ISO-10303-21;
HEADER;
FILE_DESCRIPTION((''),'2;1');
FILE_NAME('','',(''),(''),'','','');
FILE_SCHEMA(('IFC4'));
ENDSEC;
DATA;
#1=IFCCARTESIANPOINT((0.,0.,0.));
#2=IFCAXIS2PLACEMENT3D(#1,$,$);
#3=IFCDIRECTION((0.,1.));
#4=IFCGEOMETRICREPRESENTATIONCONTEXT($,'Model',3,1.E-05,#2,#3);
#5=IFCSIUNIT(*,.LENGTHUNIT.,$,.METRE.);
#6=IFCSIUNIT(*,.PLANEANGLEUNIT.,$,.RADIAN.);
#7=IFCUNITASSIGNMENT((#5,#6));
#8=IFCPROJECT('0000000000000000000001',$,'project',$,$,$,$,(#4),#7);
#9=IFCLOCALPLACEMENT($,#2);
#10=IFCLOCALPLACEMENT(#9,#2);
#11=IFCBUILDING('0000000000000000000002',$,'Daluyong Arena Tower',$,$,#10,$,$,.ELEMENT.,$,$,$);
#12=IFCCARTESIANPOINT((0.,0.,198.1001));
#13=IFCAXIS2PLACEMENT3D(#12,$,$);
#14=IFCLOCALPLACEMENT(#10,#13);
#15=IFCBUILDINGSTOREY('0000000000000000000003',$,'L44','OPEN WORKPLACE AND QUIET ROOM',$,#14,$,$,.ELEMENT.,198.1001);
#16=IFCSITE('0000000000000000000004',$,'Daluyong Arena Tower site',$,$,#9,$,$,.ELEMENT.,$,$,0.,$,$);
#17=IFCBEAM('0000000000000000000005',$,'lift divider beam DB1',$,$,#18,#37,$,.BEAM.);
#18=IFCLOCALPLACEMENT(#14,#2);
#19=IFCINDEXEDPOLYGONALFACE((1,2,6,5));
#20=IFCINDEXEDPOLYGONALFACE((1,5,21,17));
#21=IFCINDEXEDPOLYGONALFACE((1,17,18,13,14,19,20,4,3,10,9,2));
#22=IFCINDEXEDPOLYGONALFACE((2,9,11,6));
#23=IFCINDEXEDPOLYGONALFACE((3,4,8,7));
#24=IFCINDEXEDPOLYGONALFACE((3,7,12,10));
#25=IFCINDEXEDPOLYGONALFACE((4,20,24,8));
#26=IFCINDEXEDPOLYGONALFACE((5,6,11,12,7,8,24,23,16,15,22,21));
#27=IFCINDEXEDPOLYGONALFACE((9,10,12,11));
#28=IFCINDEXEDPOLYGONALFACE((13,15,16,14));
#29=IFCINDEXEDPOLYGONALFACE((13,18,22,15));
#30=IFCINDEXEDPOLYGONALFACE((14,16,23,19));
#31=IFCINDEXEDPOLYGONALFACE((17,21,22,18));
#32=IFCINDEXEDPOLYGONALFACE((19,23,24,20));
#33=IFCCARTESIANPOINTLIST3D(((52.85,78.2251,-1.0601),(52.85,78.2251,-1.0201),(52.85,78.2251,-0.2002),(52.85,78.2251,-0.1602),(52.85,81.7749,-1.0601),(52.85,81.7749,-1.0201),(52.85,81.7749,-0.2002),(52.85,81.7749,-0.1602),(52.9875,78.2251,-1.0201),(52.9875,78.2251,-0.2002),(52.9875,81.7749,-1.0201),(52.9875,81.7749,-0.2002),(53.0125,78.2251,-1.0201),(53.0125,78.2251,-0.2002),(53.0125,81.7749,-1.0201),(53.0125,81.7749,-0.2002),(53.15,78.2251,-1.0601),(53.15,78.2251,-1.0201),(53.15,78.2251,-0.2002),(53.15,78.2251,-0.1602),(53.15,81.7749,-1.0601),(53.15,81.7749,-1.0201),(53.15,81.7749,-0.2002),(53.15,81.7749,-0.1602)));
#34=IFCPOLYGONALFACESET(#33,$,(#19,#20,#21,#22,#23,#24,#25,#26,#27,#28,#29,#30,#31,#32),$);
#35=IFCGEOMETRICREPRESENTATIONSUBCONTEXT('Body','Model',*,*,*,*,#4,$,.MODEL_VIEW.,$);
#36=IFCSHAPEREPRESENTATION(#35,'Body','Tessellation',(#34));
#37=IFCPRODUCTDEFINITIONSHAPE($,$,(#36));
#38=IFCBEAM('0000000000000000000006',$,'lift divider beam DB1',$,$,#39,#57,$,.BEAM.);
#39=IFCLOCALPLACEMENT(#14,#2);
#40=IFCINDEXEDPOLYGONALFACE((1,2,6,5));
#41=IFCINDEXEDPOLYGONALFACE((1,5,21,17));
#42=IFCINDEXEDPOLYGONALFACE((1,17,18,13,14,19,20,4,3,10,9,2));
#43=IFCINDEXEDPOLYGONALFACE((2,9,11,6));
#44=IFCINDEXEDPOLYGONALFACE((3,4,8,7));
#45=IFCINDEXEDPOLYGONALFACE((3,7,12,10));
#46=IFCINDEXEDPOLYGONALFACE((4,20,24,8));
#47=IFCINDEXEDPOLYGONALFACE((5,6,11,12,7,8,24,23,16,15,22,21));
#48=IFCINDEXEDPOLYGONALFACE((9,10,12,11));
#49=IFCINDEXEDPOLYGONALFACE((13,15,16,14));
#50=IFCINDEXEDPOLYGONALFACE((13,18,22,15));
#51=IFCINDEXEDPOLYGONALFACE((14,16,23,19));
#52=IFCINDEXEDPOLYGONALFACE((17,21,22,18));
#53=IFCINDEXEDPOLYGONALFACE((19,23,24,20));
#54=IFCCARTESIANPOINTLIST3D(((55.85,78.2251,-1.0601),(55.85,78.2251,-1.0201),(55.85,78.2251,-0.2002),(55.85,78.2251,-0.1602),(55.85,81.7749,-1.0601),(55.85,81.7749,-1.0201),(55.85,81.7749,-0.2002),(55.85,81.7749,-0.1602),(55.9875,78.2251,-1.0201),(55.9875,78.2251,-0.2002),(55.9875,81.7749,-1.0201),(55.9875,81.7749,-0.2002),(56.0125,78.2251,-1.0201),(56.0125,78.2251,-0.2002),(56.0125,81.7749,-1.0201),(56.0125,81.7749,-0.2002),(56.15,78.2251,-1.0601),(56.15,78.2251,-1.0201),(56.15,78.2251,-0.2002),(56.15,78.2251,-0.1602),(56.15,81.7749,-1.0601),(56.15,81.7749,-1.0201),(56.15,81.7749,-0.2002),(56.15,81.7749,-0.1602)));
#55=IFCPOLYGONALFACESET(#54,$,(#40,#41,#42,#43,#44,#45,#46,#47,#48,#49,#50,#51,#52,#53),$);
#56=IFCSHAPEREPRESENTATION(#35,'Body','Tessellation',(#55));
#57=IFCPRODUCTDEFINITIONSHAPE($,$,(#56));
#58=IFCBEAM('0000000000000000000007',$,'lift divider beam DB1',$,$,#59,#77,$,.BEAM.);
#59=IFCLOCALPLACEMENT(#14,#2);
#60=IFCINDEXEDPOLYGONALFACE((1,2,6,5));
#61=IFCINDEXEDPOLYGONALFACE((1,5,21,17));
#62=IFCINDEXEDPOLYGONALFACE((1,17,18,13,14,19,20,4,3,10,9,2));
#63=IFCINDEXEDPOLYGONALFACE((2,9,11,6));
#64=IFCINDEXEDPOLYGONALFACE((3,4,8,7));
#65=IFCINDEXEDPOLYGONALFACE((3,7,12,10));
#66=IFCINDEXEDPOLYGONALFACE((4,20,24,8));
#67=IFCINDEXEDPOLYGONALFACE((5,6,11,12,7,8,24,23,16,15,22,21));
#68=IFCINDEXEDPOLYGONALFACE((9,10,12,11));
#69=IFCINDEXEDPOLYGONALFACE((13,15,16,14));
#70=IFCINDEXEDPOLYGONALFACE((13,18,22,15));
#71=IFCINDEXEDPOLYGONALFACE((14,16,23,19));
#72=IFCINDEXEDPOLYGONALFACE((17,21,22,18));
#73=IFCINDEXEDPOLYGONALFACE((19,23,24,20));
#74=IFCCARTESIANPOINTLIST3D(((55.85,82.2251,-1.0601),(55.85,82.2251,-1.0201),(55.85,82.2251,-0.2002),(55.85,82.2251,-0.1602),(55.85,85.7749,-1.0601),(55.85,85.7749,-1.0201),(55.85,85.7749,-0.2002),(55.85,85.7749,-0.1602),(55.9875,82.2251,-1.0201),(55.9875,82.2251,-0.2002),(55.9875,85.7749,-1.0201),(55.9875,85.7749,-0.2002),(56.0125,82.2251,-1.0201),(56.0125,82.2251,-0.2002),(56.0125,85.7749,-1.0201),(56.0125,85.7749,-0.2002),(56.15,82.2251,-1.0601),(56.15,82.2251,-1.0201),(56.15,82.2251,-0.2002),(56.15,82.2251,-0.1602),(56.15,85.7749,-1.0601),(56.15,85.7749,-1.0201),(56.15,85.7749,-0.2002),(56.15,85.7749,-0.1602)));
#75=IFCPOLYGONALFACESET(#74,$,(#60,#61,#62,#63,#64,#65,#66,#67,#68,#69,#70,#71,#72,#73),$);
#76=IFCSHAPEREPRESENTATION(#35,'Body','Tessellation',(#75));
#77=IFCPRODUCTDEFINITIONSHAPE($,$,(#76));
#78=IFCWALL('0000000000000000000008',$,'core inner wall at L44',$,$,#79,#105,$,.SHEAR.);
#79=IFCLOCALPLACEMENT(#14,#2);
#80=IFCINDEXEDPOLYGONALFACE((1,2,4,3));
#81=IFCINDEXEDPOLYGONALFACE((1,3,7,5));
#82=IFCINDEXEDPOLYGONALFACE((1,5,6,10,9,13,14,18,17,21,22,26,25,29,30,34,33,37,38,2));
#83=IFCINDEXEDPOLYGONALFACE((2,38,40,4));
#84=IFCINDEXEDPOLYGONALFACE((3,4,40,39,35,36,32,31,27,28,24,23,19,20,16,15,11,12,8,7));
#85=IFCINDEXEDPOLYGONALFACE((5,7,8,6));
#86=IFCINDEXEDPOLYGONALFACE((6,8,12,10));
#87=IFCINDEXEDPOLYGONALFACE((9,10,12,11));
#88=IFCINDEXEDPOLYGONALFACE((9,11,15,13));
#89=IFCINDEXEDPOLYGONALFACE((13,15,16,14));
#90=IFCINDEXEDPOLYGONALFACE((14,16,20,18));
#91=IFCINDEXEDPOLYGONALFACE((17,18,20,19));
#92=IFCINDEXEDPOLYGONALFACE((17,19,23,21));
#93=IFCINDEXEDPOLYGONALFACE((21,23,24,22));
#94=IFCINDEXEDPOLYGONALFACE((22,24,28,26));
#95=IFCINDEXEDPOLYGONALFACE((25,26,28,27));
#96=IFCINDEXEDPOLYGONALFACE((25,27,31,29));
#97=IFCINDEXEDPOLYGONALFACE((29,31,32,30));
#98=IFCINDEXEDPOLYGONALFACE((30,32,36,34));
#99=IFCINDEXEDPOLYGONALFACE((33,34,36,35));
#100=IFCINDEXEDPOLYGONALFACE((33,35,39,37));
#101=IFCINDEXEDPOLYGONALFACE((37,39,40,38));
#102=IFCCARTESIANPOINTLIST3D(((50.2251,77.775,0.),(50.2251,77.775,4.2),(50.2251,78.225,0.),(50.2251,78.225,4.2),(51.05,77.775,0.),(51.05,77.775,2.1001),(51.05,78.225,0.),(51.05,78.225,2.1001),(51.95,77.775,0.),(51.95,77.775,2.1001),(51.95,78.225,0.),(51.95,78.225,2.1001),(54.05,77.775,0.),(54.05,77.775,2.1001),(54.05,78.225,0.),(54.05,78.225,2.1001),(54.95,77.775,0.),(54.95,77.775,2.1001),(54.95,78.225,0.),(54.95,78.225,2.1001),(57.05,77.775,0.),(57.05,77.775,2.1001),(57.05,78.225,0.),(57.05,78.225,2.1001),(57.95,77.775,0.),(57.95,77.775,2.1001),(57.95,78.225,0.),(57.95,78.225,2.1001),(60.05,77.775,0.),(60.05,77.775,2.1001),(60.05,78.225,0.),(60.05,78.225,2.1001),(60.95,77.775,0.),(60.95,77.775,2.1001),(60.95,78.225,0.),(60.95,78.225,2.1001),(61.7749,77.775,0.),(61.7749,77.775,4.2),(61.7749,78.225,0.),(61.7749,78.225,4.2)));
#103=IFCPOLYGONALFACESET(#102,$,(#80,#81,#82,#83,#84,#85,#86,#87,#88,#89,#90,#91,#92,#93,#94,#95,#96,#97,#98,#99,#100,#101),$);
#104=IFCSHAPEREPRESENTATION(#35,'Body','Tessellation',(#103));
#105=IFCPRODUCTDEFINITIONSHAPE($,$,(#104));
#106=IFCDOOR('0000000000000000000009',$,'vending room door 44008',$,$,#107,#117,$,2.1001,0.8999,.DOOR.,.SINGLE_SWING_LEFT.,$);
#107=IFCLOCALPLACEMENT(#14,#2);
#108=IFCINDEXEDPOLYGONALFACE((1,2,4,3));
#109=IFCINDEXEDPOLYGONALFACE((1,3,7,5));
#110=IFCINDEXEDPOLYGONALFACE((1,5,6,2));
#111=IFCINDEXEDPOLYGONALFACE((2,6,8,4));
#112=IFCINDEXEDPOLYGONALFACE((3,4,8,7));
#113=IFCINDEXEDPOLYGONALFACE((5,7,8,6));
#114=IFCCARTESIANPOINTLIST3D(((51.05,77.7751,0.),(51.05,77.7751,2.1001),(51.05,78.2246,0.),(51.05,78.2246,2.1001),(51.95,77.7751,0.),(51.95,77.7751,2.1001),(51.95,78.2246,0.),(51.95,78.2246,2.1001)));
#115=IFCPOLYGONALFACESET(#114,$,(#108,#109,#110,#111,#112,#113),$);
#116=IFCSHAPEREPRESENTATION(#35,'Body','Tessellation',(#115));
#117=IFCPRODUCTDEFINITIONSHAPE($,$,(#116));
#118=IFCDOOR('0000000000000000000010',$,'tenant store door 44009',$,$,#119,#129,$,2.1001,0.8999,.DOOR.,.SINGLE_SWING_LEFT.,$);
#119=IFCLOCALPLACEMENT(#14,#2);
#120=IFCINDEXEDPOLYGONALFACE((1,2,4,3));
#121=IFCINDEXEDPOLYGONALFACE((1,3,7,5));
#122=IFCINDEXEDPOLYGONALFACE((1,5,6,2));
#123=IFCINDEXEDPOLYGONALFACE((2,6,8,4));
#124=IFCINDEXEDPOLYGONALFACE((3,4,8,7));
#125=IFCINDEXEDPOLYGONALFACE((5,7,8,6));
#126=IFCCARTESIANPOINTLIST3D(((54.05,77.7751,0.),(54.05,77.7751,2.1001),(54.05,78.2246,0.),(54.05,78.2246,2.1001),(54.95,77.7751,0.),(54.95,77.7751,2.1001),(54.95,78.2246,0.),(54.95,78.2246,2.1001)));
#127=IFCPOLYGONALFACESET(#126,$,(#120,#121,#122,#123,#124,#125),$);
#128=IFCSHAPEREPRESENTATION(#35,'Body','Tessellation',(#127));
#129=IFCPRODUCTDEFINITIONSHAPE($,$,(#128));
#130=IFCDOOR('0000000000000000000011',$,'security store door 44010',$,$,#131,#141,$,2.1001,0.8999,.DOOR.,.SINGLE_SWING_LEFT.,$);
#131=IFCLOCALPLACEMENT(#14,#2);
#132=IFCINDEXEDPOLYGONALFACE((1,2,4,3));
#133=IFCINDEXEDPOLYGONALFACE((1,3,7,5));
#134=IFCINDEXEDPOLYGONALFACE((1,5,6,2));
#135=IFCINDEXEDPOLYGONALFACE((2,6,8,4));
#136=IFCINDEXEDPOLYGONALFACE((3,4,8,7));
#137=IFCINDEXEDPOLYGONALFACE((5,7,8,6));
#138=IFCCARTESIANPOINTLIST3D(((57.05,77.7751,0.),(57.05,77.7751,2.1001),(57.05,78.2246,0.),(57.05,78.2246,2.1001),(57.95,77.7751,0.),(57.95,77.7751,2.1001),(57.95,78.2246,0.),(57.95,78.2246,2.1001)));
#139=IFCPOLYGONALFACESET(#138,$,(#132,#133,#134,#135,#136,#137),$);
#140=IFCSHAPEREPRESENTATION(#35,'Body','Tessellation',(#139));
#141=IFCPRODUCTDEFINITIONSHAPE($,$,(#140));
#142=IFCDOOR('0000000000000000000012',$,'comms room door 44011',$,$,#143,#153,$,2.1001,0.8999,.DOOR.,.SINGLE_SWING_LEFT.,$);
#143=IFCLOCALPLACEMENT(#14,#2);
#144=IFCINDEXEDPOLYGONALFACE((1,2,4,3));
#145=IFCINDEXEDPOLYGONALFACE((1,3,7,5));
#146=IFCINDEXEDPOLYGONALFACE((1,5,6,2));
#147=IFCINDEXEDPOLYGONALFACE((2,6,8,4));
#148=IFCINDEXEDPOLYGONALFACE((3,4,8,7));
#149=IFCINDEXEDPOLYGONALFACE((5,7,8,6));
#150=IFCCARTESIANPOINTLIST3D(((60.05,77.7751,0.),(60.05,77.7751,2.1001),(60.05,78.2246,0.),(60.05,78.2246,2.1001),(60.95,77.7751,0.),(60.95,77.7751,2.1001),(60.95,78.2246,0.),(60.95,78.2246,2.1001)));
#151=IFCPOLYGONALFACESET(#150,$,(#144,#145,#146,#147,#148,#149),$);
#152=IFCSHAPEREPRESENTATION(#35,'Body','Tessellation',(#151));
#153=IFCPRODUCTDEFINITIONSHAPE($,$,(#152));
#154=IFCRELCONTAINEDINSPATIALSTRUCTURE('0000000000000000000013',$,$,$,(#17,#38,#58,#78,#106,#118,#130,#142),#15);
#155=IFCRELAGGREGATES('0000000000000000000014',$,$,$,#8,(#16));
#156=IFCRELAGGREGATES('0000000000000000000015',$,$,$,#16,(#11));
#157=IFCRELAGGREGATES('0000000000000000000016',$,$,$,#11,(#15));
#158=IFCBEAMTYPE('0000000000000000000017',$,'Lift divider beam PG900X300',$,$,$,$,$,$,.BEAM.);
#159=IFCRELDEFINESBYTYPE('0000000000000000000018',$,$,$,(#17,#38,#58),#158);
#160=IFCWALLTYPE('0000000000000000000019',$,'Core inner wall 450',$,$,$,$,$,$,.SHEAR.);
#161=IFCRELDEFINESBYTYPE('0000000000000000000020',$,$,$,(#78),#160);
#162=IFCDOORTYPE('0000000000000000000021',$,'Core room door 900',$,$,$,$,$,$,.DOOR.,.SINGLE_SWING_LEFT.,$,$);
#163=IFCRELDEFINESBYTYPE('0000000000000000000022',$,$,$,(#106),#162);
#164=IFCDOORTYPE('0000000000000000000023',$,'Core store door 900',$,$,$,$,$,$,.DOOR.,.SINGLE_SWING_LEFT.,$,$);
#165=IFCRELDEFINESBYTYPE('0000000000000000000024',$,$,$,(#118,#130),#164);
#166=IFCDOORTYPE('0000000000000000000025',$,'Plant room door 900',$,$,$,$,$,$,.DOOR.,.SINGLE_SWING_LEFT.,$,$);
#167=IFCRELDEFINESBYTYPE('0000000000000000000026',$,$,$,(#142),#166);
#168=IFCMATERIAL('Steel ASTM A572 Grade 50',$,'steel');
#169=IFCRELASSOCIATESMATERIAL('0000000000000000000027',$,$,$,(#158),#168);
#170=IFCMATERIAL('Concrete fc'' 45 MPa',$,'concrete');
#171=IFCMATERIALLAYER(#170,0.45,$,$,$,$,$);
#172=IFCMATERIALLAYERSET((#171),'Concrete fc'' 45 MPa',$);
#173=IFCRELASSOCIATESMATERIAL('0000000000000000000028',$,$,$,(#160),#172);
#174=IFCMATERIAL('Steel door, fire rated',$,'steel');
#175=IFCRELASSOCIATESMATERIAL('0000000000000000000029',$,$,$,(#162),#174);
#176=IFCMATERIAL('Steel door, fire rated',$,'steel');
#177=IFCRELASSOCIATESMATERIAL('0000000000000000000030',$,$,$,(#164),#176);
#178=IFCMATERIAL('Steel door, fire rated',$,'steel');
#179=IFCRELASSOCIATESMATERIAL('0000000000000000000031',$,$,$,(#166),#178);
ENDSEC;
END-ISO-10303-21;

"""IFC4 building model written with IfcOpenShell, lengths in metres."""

from ifc_helpers import new_model, si_unit, direction, frame, frame_2d, origin, origin_2d, place, context, subcontext, project, spatial, rectangle, i_section, extrude, material, layer, layer_set, material_profile, profile_set, type_object, element, fill, save


model = new_model("IFC4")

# Units and contexts
model_context = context("Model", 3, precision=1e-05, world=origin(), true_north=direction((0.0, 1.0)))
body_context = subcontext(model_context, "Body", "Model", "MODEL_VIEW")
ifc_project = project(units=[si_unit("LENGTHUNIT", "METRE"), si_unit("PLANEANGLEUNIT", "RADIAN")], contexts=[model_context])

# Site, building, storey
site_placement = place(None, origin())
site = spatial("IfcSite", under=ifc_project, at=site_placement, Name="Daluyong Arena Tower site", CompositionType="ELEMENT", RefElevation=0.0)
building_placement = place(site_placement, origin())
building = spatial("IfcBuilding", under=site, at=building_placement, Name="Daluyong Arena Tower", CompositionType="ELEMENT")
storey_placement = place(building_placement, frame((0.0, 0.0, 198.1001)))
storey = spatial("IfcBuildingStorey", under=building, at=storey_placement, Name="L44", Description="OPEN WORKPLACE AND QUIET ROOM", CompositionType="ELEMENT", Elevation=198.1001)

# Beams
ifc_material_1 = material(Name="Steel ASTM A572 Grade 50", Category="steel")
ifc_material_profile = material_profile(ifc_material_1, i_section(OverallWidth=0.3, OverallDepth=0.8999, WebThickness=0.025, FlangeThickness=0.04, at=origin_2d()))
ifc_profile_set = profile_set([ifc_material_profile], Name="Steel ASTM A572 Grade 50")
beam_type = type_object("IfcBeamType", Name="Lift divider beam PG900X300", PredefinedType="BEAM", material=ifc_profile_set)
for number, where, z_axis, x_axis, name in (
    (1, (53.0, 78.2251, -0.6101), (0.0, 1.0, 0.0), (-1.0, 0.0, 0.0), "lift divider beam DB1"),
    (2, (56.0, 78.2251, -0.6101), (0.0, 1.0, 0.0), (-1.0, 0.0, 0.0), "lift divider beam DB1"),
    (3, (56.0, 82.2251, -0.6101), (0.0, 1.0, 0.0), (-1.0, 0.0, 0.0), "lift divider beam DB1"),
):
    element("IfcBeam", number, at=place(storey_placement, frame(where, z_axis=z_axis, x_axis=x_axis)), inside=storey, type_object=beam_type, Name=name, PredefinedType="BEAM", context=body_context, shape_type="SweptSolid", body=[
        extrude(i_section(OverallWidth=0.3, OverallDepth=0.8999, WebThickness=0.025, FlangeThickness=0.04, at=origin_2d()), origin(), (0.0, 0.0, 1.0), 3.5498),
    ])

# Wall, openings, doors
ifc_material_2 = material(Name="Concrete fc' 45 MPa", Category="concrete")
ifc_layer_1 = layer(ifc_material_2, 0.45)
ifc_layer_set_1 = layer_set([ifc_layer_1], Name="Concrete fc' 45 MPa")
wall_type_1 = type_object("IfcWallType", Name="Core inner wall 450", PredefinedType="SHEAR", material=ifc_layer_set_1)
wall_1_placement = place(storey_placement, frame((50.2251, 78.0, 0.0), z_axis=(0.0, 0.0, 1.0), x_axis=(1.0, 0.0, 0.0)))
wall_1 = element("IfcWall", 4, at=wall_1_placement, inside=storey, type_object=wall_type_1, Name="core inner wall at L44", PredefinedType="SHEAR", context=body_context, shape_type="SweptSolid", body=[
    extrude(rectangle(XDim=11.5498, YDim=0.45, at=frame_2d((5.7749, 0.0))), origin(), (0.0, 0.0, 1.0), 4.2),
])
opening_1_placement = place(wall_1_placement, frame((0.825, 0.0, 0.0)))
opening_1 = element("IfcOpeningElement", 5, at=opening_1_placement, cuts=wall_1, PredefinedType="OPENING", context=body_context, shape_type="SweptSolid", body=[
    extrude(rectangle(XDim=0.8999, YDim=2.1001, at=frame_2d((0.45, 1.05))), frame((0.0, 0.2349, 0.0), z_axis=(0.0, -1.0, 0.0), x_axis=(1.0, 0.0, 0.0)), (0.0, 0.0, 1.0), 0.47),
])
opening_2_placement = place(wall_1_placement, frame((3.825, 0.0, 0.0)))
opening_2 = element("IfcOpeningElement", 6, at=opening_2_placement, cuts=wall_1, PredefinedType="OPENING", context=body_context, shape_type="SweptSolid", body=[
    extrude(rectangle(XDim=0.8999, YDim=2.1001, at=frame_2d((0.45, 1.05))), frame((0.0, 0.2349, 0.0), z_axis=(0.0, -1.0, 0.0), x_axis=(1.0, 0.0, 0.0)), (0.0, 0.0, 1.0), 0.47),
])
opening_3_placement = place(wall_1_placement, frame((6.825, 0.0, 0.0)))
opening_3 = element("IfcOpeningElement", 7, at=opening_3_placement, cuts=wall_1, PredefinedType="OPENING", context=body_context, shape_type="SweptSolid", body=[
    extrude(rectangle(XDim=0.8999, YDim=2.1001, at=frame_2d((0.45, 1.05))), frame((0.0, 0.2349, 0.0), z_axis=(0.0, -1.0, 0.0), x_axis=(1.0, 0.0, 0.0)), (0.0, 0.0, 1.0), 0.47),
])
opening_4_placement = place(wall_1_placement, frame((9.825, 0.0, 0.0)))
opening_4 = element("IfcOpeningElement", 8, at=opening_4_placement, cuts=wall_1, PredefinedType="OPENING", context=body_context, shape_type="SweptSolid", body=[
    extrude(rectangle(XDim=0.8999, YDim=2.1001, at=frame_2d((0.45, 1.05))), frame((0.0, 0.2349, 0.0), z_axis=(0.0, -1.0, 0.0), x_axis=(1.0, 0.0, 0.0)), (0.0, 0.0, 1.0), 0.47),
])
ifc_material_3 = material(Name="Steel door, fire rated", Category="steel")
door_type_1 = type_object("IfcDoorType", Name="Core room door 900", OperationType="SINGLE_SWING_LEFT", PredefinedType="DOOR", material=ifc_material_3)
door_1_placement = place(opening_1_placement, origin())
door_1 = element("IfcDoor", 9, at=door_1_placement, inside=storey, type_object=door_type_1, Name="vending room door 44008", OperationType="SINGLE_SWING_LEFT", OverallHeight=2.1001, OverallWidth=0.8999, PredefinedType="DOOR", context=body_context, shape_type="SweptSolid", body=[
    extrude(rectangle(XDim=0.8999, YDim=2.1001, at=frame_2d((0.45, 1.05))), frame((0.0, 0.2246, 0.0), z_axis=(0.0, -1.0, 0.0), x_axis=(1.0, 0.0, 0.0)), (0.0, 0.0, 1.0), 0.4495),
])
fill(opening_1, door_1)
ifc_material_4 = material(Name="Steel door, fire rated", Category="steel")
door_type_2 = type_object("IfcDoorType", Name="Core store door 900", OperationType="SINGLE_SWING_LEFT", PredefinedType="DOOR", material=ifc_material_4)
door_2_placement = place(opening_2_placement, origin())
door_2 = element("IfcDoor", 10, at=door_2_placement, inside=storey, type_object=door_type_2, Name="tenant store door 44009", OperationType="SINGLE_SWING_LEFT", OverallHeight=2.1001, OverallWidth=0.8999, PredefinedType="DOOR", context=body_context, shape_type="SweptSolid", body=[
    extrude(rectangle(XDim=0.8999, YDim=2.1001, at=frame_2d((0.45, 1.05))), frame((0.0, 0.2246, 0.0), z_axis=(0.0, -1.0, 0.0), x_axis=(1.0, 0.0, 0.0)), (0.0, 0.0, 1.0), 0.4495),
])
fill(opening_2, door_2)
door_3_placement = place(opening_3_placement, origin())
door_3 = element("IfcDoor", 11, at=door_3_placement, inside=storey, type_object=door_type_2, Name="security store door 44010", OperationType="SINGLE_SWING_LEFT", OverallHeight=2.1001, OverallWidth=0.8999, PredefinedType="DOOR", context=body_context, shape_type="SweptSolid", body=[
    extrude(rectangle(XDim=0.8999, YDim=2.1001, at=frame_2d((0.45, 1.05))), frame((0.0, 0.2246, 0.0), z_axis=(0.0, -1.0, 0.0), x_axis=(1.0, 0.0, 0.0)), (0.0, 0.0, 1.0), 0.4495),
])
fill(opening_3, door_3)
ifc_material_5 = material(Name="Steel door, fire rated", Category="steel")
door_type_3 = type_object("IfcDoorType", Name="Plant room door 900", OperationType="SINGLE_SWING_LEFT", PredefinedType="DOOR", material=ifc_material_5)
door_4_placement = place(opening_4_placement, origin())
door_4 = element("IfcDoor", 12, at=door_4_placement, inside=storey, type_object=door_type_3, Name="comms room door 44011", OperationType="SINGLE_SWING_LEFT", OverallHeight=2.1001, OverallWidth=0.8999, PredefinedType="DOOR", context=body_context, shape_type="SweptSolid", body=[
    extrude(rectangle(XDim=0.8999, YDim=2.1001, at=frame_2d((0.45, 1.05))), frame((0.0, 0.2246, 0.0), z_axis=(0.0, -1.0, 0.0), x_axis=(1.0, 0.0, 0.0)), (0.0, 0.0, 1.0), 0.4495),
])
fill(opening_4, door_4)

save(model, "model.ifc")
